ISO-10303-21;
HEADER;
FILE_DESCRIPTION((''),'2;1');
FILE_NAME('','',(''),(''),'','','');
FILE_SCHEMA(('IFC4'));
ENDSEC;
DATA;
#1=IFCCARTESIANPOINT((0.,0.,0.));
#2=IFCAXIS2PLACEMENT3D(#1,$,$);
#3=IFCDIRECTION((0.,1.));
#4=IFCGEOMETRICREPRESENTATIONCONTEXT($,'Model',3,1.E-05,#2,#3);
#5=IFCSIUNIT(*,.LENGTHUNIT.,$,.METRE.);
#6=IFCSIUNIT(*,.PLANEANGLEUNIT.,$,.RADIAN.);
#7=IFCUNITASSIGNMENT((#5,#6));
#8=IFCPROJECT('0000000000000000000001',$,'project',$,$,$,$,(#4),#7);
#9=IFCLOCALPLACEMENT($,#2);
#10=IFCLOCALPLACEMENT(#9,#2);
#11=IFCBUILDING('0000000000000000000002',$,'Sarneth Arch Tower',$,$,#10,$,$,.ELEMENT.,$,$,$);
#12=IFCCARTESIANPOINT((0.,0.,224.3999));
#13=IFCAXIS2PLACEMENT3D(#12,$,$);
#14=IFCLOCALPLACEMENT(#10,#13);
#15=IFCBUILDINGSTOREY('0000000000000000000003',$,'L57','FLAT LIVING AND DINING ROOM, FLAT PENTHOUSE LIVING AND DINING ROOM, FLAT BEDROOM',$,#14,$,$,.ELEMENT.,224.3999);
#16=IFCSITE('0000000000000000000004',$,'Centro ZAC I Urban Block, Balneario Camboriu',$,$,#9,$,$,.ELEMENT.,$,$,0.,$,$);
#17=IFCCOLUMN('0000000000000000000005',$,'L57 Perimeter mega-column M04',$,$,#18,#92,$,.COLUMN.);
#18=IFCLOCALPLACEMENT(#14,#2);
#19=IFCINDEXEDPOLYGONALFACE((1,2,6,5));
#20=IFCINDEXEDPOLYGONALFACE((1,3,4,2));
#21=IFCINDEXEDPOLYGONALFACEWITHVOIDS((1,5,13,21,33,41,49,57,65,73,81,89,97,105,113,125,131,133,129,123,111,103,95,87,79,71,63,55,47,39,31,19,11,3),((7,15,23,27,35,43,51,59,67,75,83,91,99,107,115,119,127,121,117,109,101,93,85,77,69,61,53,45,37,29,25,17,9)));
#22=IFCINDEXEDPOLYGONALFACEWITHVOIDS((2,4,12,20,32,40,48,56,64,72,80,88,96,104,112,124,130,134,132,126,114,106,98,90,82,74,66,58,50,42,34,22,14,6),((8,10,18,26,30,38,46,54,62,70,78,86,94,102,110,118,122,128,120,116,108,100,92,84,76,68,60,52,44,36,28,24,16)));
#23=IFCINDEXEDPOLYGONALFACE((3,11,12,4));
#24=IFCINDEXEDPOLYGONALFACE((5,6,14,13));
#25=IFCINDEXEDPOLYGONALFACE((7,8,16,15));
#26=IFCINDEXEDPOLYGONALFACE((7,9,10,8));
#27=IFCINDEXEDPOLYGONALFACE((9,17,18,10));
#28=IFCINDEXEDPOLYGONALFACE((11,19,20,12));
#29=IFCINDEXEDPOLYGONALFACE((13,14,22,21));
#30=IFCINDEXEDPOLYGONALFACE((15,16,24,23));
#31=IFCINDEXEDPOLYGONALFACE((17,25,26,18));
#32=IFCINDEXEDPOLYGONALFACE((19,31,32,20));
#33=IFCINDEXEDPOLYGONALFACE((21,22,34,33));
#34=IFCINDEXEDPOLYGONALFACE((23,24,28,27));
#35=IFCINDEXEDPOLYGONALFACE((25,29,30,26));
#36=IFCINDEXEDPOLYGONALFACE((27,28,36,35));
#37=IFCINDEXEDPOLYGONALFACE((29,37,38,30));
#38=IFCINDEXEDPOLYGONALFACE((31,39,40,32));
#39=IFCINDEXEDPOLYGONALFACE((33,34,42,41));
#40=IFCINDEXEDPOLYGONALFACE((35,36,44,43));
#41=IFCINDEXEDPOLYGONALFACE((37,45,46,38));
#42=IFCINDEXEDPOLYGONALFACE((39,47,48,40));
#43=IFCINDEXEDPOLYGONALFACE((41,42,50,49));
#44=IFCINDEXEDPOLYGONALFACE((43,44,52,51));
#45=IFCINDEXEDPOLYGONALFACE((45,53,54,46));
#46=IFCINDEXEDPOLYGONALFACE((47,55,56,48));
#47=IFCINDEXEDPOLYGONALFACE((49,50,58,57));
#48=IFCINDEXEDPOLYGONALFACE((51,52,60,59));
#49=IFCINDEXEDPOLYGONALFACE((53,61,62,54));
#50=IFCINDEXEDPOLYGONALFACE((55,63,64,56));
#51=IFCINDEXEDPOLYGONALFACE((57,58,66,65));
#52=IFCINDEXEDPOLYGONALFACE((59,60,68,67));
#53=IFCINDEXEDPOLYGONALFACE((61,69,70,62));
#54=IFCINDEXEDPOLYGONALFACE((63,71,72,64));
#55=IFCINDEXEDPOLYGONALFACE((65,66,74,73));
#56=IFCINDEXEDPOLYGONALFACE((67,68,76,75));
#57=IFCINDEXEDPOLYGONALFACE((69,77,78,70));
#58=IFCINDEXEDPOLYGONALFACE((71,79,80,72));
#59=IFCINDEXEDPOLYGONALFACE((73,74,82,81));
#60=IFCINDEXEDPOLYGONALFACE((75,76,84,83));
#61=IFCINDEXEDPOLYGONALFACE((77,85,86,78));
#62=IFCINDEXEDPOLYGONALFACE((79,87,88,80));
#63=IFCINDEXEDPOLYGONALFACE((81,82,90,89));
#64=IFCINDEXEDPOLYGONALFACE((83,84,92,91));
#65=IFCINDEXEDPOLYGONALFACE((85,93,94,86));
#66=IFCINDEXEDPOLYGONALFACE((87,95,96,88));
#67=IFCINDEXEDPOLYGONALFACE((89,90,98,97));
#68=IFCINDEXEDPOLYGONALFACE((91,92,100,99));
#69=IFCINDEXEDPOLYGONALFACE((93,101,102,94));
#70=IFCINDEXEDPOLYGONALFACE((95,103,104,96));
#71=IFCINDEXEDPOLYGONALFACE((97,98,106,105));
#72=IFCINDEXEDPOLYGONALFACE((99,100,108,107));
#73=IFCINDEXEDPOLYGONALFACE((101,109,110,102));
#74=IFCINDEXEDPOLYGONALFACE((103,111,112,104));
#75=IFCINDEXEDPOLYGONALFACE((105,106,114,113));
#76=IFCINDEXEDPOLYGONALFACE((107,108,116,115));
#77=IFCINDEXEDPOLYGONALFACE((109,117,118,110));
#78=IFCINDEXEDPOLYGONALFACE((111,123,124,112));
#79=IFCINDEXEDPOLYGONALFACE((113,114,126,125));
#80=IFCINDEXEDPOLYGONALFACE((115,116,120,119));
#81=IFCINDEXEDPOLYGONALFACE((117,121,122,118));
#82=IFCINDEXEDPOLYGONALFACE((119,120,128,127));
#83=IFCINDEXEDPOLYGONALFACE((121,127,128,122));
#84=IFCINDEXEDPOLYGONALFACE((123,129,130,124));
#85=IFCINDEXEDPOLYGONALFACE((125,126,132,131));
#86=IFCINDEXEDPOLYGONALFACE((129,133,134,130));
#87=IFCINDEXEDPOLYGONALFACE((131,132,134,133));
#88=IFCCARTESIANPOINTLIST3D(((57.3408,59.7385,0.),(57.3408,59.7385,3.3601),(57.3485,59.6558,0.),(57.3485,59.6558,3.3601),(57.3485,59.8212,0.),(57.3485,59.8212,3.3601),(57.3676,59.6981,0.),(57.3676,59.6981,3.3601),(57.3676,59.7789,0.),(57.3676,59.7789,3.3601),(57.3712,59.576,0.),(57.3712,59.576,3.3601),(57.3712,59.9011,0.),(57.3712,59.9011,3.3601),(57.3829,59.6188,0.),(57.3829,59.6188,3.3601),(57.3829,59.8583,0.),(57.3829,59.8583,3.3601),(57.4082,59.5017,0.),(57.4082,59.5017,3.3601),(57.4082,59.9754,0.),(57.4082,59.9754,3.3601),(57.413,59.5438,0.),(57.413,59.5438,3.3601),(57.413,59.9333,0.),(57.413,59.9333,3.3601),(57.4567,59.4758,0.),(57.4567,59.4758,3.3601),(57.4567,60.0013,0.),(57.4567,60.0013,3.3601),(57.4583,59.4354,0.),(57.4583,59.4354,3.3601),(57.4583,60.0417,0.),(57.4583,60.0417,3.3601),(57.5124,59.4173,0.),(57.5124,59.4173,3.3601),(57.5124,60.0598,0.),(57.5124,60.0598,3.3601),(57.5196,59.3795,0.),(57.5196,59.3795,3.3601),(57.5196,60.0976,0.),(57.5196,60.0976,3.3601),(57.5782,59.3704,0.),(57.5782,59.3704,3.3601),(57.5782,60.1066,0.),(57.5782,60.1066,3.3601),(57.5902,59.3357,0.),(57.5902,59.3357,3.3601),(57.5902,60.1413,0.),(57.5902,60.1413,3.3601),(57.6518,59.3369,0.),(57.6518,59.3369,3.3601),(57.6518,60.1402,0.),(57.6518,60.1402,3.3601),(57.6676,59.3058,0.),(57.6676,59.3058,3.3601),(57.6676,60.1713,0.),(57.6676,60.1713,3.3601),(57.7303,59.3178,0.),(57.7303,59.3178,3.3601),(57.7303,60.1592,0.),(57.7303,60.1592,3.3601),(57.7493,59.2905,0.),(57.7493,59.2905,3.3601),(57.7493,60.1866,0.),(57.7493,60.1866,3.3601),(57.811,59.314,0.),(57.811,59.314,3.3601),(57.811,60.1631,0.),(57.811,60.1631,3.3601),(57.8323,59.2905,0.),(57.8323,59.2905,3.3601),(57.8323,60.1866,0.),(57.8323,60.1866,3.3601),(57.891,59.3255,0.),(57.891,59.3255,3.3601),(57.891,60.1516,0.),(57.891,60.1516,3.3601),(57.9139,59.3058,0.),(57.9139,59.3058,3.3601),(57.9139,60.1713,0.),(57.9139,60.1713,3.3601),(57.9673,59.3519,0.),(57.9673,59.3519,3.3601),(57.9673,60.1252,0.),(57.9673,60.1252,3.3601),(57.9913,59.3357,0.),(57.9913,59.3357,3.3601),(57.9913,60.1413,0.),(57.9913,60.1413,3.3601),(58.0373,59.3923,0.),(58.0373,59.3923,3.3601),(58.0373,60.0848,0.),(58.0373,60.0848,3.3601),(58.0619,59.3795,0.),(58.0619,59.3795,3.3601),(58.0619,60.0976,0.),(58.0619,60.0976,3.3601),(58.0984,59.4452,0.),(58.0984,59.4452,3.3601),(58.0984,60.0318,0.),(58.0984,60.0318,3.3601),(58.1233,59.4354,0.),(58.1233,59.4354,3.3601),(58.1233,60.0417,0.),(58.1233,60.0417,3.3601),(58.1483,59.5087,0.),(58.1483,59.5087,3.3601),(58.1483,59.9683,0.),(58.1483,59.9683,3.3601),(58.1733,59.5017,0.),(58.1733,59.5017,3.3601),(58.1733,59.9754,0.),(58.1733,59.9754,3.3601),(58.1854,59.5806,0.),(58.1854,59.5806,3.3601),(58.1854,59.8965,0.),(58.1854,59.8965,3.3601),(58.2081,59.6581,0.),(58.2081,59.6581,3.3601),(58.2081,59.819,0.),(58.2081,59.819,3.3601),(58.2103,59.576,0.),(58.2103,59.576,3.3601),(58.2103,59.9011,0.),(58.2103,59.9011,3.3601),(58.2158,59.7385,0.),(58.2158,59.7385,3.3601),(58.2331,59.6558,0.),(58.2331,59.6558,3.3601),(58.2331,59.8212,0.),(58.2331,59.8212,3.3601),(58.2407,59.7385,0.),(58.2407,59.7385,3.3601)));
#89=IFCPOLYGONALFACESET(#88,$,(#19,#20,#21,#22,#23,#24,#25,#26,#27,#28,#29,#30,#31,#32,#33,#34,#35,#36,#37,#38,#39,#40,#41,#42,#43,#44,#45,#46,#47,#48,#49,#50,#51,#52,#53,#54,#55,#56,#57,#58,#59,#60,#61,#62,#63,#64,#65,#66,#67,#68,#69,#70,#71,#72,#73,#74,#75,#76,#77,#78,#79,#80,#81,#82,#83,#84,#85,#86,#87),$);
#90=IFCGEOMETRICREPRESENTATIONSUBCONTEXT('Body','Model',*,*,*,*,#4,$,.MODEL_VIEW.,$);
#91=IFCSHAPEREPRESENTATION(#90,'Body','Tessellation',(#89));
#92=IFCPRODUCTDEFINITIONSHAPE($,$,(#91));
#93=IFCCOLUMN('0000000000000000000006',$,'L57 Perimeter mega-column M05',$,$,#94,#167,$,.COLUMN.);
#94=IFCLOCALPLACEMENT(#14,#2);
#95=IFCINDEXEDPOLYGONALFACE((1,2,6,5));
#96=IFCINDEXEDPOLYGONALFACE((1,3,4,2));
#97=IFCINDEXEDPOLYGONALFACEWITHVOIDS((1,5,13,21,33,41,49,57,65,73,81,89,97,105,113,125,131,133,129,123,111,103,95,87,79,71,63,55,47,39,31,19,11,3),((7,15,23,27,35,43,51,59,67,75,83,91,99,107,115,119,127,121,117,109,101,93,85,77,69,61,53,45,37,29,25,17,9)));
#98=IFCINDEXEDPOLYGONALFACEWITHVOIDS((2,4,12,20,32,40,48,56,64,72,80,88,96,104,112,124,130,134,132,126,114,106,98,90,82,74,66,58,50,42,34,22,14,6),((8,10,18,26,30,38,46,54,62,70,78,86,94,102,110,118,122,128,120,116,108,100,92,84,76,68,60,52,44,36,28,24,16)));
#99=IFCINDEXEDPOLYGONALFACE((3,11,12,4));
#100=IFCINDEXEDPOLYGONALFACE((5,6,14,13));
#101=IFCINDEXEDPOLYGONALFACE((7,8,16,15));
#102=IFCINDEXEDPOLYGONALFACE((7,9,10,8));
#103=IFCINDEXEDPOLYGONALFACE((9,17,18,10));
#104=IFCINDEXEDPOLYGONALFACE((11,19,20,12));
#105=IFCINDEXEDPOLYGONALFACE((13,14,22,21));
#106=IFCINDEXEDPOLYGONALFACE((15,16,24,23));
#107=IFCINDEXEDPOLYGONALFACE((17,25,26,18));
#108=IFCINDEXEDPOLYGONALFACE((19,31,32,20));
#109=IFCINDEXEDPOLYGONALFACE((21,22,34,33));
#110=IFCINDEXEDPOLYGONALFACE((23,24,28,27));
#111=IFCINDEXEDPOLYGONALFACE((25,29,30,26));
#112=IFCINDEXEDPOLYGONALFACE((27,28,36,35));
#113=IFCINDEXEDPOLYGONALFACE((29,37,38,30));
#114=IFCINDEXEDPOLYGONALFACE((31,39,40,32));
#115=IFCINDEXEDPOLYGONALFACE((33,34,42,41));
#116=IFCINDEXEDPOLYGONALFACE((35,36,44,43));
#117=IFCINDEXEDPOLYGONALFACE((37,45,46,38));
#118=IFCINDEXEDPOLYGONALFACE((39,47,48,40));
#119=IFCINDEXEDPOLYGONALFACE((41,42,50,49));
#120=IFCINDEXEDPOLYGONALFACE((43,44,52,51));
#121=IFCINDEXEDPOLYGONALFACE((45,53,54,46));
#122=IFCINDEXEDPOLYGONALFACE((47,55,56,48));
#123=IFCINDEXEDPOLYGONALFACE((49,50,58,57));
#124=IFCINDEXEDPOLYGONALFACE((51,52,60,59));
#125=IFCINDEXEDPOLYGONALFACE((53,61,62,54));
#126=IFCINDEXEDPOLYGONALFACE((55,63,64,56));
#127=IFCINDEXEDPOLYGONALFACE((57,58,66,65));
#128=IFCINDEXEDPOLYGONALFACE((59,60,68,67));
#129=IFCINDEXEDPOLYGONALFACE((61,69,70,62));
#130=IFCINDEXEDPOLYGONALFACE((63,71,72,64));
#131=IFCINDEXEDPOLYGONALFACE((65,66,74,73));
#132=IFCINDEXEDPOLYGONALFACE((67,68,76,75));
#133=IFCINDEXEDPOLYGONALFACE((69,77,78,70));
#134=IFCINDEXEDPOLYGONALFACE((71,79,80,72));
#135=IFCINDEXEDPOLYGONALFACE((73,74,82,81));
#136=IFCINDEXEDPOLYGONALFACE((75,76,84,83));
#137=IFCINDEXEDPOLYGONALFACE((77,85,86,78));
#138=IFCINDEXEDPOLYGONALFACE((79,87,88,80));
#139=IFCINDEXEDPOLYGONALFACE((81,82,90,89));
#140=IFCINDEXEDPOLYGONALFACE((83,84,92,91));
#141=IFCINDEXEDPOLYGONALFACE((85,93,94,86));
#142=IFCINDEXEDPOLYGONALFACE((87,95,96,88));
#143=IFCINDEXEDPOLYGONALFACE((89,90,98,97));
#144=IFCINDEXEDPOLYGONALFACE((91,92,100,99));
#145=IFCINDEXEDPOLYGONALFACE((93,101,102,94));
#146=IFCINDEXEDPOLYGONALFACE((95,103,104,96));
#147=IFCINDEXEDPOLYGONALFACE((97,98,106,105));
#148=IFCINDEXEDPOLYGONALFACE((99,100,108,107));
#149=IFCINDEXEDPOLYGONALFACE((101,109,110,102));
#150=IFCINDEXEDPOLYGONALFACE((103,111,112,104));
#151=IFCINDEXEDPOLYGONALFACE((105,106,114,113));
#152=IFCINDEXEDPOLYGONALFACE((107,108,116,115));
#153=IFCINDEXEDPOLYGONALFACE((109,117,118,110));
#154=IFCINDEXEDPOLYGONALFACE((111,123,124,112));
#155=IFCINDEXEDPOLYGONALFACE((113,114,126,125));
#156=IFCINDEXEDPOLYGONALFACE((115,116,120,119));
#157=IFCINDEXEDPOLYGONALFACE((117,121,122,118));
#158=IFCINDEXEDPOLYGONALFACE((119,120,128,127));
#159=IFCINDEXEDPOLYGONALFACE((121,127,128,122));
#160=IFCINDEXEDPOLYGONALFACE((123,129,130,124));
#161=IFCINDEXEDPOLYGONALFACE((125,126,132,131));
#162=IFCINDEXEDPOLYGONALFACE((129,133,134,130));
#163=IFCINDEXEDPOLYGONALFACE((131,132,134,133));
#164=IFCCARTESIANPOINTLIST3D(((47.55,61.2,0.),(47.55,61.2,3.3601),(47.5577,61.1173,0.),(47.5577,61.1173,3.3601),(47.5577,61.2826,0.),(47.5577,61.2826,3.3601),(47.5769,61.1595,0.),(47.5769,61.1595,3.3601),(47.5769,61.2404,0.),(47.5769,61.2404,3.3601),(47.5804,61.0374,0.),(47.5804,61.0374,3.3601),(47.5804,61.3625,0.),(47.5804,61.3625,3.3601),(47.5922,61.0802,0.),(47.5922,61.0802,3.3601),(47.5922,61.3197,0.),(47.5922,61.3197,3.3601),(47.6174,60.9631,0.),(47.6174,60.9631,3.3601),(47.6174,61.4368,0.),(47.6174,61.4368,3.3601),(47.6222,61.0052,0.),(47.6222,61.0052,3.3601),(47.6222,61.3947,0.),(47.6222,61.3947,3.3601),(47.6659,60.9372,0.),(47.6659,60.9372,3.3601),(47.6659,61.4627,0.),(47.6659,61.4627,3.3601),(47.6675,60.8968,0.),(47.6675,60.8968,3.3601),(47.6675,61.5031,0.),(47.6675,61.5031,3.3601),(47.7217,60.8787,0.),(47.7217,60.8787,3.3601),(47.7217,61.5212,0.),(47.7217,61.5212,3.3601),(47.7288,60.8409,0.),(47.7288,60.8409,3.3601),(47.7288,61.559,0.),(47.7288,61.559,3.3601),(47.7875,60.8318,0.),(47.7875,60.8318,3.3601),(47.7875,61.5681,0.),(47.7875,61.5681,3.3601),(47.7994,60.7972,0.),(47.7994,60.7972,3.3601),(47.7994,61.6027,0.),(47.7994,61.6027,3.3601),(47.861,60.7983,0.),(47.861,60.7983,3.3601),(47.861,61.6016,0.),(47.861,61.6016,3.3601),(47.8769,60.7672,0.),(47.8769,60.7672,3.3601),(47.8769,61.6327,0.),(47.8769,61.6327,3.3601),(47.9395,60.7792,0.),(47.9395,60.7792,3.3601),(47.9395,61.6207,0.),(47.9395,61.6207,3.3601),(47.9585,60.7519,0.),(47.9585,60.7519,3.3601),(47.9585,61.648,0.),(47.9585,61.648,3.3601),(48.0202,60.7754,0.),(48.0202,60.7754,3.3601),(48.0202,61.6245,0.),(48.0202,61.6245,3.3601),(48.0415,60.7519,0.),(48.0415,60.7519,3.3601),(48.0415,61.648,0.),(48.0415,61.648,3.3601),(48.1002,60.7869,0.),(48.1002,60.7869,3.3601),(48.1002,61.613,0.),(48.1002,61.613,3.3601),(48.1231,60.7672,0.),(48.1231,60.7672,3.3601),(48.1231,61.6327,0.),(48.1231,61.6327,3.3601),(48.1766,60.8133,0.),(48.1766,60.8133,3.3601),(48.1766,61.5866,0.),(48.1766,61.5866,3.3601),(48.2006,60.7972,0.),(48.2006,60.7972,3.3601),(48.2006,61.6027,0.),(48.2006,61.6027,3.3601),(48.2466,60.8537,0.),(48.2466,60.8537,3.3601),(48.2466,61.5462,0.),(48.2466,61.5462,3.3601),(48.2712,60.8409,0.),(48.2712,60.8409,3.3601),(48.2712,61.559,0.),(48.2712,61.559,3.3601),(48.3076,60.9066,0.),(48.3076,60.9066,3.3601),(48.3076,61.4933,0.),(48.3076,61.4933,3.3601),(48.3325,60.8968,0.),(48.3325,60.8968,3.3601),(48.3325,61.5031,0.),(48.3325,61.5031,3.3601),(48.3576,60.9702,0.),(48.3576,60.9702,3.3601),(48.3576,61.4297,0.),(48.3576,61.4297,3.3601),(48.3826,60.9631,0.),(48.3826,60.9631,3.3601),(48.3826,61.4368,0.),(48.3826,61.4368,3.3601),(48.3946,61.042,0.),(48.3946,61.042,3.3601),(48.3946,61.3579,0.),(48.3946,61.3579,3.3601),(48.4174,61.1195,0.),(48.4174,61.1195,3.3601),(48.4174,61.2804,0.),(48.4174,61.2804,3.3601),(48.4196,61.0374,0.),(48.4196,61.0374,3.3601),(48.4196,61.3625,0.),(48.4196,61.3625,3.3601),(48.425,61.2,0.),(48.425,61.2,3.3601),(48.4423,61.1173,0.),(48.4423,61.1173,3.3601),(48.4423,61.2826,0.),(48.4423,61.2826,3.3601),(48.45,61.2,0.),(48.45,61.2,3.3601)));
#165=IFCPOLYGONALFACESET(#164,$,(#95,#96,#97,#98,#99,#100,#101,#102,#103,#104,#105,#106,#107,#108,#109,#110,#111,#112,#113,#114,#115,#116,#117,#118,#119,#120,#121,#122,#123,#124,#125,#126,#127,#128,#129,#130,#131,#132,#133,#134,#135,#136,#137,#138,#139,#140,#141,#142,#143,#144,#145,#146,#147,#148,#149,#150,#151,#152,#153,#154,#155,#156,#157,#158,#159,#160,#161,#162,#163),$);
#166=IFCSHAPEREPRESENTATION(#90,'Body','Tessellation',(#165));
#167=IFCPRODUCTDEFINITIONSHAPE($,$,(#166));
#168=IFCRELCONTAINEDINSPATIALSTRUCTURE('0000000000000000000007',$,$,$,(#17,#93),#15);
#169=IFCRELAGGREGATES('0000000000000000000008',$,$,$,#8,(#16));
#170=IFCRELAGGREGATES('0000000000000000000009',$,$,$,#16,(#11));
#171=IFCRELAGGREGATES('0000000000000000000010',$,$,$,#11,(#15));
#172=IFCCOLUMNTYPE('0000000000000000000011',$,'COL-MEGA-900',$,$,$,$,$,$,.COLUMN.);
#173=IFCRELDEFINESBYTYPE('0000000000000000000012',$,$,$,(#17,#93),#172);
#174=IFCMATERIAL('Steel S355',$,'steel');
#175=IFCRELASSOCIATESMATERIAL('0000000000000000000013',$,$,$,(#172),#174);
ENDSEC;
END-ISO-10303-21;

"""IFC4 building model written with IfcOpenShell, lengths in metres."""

from ifc_helpers import new_model, si_unit, direction, frame, origin, origin_2d, place, context, subcontext, project, spatial, hollow_circle, extrude, material, material_profile, profile_set, type_object, element, save


model = new_model("IFC4")

# Units and contexts
model_context = context("Model", 3, precision=1e-05, world=origin(), true_north=direction((0.0, 1.0)))
body_context = subcontext(model_context, "Body", "Model", "MODEL_VIEW")
ifc_project = project(units=[si_unit("LENGTHUNIT", "METRE"), si_unit("PLANEANGLEUNIT", "RADIAN")], contexts=[model_context])

# Site, building, storey
site_placement = place(None, origin())
site = spatial("IfcSite", under=ifc_project, at=site_placement, Name="Centro ZAC I Urban Block, Balneario Camboriu", CompositionType="ELEMENT", RefElevation=0.0)
building_placement = place(site_placement, origin())
building = spatial("IfcBuilding", under=site, at=building_placement, Name="Sarneth Arch Tower", CompositionType="ELEMENT")
storey_placement = place(building_placement, frame((0.0, 0.0, 224.3999)))
storey = spatial("IfcBuildingStorey", under=building, at=storey_placement, Name="L57", Description="FLAT LIVING AND DINING ROOM, FLAT PENTHOUSE LIVING AND DINING ROOM, FLAT BEDROOM", CompositionType="ELEMENT", Elevation=224.3999)

# Columns
ifc_material_1 = material(Name="Steel S355", Category="steel")
ifc_material_profile_1 = material_profile(ifc_material_1, hollow_circle(Radius=0.45, WallThickness=0.0249, at=origin_2d()), Name="CHS900x25")
ifc_profile_set_1 = profile_set([ifc_material_profile_1], Name="Steel S355")
column_type = type_object("IfcColumnType", Name="COL-MEGA-900", PredefinedType="COLUMN", material=ifc_profile_set_1)
for number, where, z_axis, x_axis, name in (
    (1, (57.7908, 59.7385, 0.0), (0.0, 0.0, 1.0), (1.0, 0.0, 0.0), "L57 Perimeter mega-column M04"),
    (2, (48.0, 61.2, 0.0), (0.0, 0.0, 1.0), (1.0, 0.0, 0.0), "L57 Perimeter mega-column M05"),
):
    element("IfcColumn", number, at=place(storey_placement, frame(where, z_axis=z_axis, x_axis=x_axis)), inside=storey, type_object=column_type, Name=name, PredefinedType="COLUMN", context=body_context, shape_type="SweptSolid", body=[
        extrude(hollow_circle(Radius=0.45, WallThickness=0.0249, at=origin_2d()), origin(), (0.0, 0.0, 1.0), 3.3601),
    ])

save(model, "model.ifc")
